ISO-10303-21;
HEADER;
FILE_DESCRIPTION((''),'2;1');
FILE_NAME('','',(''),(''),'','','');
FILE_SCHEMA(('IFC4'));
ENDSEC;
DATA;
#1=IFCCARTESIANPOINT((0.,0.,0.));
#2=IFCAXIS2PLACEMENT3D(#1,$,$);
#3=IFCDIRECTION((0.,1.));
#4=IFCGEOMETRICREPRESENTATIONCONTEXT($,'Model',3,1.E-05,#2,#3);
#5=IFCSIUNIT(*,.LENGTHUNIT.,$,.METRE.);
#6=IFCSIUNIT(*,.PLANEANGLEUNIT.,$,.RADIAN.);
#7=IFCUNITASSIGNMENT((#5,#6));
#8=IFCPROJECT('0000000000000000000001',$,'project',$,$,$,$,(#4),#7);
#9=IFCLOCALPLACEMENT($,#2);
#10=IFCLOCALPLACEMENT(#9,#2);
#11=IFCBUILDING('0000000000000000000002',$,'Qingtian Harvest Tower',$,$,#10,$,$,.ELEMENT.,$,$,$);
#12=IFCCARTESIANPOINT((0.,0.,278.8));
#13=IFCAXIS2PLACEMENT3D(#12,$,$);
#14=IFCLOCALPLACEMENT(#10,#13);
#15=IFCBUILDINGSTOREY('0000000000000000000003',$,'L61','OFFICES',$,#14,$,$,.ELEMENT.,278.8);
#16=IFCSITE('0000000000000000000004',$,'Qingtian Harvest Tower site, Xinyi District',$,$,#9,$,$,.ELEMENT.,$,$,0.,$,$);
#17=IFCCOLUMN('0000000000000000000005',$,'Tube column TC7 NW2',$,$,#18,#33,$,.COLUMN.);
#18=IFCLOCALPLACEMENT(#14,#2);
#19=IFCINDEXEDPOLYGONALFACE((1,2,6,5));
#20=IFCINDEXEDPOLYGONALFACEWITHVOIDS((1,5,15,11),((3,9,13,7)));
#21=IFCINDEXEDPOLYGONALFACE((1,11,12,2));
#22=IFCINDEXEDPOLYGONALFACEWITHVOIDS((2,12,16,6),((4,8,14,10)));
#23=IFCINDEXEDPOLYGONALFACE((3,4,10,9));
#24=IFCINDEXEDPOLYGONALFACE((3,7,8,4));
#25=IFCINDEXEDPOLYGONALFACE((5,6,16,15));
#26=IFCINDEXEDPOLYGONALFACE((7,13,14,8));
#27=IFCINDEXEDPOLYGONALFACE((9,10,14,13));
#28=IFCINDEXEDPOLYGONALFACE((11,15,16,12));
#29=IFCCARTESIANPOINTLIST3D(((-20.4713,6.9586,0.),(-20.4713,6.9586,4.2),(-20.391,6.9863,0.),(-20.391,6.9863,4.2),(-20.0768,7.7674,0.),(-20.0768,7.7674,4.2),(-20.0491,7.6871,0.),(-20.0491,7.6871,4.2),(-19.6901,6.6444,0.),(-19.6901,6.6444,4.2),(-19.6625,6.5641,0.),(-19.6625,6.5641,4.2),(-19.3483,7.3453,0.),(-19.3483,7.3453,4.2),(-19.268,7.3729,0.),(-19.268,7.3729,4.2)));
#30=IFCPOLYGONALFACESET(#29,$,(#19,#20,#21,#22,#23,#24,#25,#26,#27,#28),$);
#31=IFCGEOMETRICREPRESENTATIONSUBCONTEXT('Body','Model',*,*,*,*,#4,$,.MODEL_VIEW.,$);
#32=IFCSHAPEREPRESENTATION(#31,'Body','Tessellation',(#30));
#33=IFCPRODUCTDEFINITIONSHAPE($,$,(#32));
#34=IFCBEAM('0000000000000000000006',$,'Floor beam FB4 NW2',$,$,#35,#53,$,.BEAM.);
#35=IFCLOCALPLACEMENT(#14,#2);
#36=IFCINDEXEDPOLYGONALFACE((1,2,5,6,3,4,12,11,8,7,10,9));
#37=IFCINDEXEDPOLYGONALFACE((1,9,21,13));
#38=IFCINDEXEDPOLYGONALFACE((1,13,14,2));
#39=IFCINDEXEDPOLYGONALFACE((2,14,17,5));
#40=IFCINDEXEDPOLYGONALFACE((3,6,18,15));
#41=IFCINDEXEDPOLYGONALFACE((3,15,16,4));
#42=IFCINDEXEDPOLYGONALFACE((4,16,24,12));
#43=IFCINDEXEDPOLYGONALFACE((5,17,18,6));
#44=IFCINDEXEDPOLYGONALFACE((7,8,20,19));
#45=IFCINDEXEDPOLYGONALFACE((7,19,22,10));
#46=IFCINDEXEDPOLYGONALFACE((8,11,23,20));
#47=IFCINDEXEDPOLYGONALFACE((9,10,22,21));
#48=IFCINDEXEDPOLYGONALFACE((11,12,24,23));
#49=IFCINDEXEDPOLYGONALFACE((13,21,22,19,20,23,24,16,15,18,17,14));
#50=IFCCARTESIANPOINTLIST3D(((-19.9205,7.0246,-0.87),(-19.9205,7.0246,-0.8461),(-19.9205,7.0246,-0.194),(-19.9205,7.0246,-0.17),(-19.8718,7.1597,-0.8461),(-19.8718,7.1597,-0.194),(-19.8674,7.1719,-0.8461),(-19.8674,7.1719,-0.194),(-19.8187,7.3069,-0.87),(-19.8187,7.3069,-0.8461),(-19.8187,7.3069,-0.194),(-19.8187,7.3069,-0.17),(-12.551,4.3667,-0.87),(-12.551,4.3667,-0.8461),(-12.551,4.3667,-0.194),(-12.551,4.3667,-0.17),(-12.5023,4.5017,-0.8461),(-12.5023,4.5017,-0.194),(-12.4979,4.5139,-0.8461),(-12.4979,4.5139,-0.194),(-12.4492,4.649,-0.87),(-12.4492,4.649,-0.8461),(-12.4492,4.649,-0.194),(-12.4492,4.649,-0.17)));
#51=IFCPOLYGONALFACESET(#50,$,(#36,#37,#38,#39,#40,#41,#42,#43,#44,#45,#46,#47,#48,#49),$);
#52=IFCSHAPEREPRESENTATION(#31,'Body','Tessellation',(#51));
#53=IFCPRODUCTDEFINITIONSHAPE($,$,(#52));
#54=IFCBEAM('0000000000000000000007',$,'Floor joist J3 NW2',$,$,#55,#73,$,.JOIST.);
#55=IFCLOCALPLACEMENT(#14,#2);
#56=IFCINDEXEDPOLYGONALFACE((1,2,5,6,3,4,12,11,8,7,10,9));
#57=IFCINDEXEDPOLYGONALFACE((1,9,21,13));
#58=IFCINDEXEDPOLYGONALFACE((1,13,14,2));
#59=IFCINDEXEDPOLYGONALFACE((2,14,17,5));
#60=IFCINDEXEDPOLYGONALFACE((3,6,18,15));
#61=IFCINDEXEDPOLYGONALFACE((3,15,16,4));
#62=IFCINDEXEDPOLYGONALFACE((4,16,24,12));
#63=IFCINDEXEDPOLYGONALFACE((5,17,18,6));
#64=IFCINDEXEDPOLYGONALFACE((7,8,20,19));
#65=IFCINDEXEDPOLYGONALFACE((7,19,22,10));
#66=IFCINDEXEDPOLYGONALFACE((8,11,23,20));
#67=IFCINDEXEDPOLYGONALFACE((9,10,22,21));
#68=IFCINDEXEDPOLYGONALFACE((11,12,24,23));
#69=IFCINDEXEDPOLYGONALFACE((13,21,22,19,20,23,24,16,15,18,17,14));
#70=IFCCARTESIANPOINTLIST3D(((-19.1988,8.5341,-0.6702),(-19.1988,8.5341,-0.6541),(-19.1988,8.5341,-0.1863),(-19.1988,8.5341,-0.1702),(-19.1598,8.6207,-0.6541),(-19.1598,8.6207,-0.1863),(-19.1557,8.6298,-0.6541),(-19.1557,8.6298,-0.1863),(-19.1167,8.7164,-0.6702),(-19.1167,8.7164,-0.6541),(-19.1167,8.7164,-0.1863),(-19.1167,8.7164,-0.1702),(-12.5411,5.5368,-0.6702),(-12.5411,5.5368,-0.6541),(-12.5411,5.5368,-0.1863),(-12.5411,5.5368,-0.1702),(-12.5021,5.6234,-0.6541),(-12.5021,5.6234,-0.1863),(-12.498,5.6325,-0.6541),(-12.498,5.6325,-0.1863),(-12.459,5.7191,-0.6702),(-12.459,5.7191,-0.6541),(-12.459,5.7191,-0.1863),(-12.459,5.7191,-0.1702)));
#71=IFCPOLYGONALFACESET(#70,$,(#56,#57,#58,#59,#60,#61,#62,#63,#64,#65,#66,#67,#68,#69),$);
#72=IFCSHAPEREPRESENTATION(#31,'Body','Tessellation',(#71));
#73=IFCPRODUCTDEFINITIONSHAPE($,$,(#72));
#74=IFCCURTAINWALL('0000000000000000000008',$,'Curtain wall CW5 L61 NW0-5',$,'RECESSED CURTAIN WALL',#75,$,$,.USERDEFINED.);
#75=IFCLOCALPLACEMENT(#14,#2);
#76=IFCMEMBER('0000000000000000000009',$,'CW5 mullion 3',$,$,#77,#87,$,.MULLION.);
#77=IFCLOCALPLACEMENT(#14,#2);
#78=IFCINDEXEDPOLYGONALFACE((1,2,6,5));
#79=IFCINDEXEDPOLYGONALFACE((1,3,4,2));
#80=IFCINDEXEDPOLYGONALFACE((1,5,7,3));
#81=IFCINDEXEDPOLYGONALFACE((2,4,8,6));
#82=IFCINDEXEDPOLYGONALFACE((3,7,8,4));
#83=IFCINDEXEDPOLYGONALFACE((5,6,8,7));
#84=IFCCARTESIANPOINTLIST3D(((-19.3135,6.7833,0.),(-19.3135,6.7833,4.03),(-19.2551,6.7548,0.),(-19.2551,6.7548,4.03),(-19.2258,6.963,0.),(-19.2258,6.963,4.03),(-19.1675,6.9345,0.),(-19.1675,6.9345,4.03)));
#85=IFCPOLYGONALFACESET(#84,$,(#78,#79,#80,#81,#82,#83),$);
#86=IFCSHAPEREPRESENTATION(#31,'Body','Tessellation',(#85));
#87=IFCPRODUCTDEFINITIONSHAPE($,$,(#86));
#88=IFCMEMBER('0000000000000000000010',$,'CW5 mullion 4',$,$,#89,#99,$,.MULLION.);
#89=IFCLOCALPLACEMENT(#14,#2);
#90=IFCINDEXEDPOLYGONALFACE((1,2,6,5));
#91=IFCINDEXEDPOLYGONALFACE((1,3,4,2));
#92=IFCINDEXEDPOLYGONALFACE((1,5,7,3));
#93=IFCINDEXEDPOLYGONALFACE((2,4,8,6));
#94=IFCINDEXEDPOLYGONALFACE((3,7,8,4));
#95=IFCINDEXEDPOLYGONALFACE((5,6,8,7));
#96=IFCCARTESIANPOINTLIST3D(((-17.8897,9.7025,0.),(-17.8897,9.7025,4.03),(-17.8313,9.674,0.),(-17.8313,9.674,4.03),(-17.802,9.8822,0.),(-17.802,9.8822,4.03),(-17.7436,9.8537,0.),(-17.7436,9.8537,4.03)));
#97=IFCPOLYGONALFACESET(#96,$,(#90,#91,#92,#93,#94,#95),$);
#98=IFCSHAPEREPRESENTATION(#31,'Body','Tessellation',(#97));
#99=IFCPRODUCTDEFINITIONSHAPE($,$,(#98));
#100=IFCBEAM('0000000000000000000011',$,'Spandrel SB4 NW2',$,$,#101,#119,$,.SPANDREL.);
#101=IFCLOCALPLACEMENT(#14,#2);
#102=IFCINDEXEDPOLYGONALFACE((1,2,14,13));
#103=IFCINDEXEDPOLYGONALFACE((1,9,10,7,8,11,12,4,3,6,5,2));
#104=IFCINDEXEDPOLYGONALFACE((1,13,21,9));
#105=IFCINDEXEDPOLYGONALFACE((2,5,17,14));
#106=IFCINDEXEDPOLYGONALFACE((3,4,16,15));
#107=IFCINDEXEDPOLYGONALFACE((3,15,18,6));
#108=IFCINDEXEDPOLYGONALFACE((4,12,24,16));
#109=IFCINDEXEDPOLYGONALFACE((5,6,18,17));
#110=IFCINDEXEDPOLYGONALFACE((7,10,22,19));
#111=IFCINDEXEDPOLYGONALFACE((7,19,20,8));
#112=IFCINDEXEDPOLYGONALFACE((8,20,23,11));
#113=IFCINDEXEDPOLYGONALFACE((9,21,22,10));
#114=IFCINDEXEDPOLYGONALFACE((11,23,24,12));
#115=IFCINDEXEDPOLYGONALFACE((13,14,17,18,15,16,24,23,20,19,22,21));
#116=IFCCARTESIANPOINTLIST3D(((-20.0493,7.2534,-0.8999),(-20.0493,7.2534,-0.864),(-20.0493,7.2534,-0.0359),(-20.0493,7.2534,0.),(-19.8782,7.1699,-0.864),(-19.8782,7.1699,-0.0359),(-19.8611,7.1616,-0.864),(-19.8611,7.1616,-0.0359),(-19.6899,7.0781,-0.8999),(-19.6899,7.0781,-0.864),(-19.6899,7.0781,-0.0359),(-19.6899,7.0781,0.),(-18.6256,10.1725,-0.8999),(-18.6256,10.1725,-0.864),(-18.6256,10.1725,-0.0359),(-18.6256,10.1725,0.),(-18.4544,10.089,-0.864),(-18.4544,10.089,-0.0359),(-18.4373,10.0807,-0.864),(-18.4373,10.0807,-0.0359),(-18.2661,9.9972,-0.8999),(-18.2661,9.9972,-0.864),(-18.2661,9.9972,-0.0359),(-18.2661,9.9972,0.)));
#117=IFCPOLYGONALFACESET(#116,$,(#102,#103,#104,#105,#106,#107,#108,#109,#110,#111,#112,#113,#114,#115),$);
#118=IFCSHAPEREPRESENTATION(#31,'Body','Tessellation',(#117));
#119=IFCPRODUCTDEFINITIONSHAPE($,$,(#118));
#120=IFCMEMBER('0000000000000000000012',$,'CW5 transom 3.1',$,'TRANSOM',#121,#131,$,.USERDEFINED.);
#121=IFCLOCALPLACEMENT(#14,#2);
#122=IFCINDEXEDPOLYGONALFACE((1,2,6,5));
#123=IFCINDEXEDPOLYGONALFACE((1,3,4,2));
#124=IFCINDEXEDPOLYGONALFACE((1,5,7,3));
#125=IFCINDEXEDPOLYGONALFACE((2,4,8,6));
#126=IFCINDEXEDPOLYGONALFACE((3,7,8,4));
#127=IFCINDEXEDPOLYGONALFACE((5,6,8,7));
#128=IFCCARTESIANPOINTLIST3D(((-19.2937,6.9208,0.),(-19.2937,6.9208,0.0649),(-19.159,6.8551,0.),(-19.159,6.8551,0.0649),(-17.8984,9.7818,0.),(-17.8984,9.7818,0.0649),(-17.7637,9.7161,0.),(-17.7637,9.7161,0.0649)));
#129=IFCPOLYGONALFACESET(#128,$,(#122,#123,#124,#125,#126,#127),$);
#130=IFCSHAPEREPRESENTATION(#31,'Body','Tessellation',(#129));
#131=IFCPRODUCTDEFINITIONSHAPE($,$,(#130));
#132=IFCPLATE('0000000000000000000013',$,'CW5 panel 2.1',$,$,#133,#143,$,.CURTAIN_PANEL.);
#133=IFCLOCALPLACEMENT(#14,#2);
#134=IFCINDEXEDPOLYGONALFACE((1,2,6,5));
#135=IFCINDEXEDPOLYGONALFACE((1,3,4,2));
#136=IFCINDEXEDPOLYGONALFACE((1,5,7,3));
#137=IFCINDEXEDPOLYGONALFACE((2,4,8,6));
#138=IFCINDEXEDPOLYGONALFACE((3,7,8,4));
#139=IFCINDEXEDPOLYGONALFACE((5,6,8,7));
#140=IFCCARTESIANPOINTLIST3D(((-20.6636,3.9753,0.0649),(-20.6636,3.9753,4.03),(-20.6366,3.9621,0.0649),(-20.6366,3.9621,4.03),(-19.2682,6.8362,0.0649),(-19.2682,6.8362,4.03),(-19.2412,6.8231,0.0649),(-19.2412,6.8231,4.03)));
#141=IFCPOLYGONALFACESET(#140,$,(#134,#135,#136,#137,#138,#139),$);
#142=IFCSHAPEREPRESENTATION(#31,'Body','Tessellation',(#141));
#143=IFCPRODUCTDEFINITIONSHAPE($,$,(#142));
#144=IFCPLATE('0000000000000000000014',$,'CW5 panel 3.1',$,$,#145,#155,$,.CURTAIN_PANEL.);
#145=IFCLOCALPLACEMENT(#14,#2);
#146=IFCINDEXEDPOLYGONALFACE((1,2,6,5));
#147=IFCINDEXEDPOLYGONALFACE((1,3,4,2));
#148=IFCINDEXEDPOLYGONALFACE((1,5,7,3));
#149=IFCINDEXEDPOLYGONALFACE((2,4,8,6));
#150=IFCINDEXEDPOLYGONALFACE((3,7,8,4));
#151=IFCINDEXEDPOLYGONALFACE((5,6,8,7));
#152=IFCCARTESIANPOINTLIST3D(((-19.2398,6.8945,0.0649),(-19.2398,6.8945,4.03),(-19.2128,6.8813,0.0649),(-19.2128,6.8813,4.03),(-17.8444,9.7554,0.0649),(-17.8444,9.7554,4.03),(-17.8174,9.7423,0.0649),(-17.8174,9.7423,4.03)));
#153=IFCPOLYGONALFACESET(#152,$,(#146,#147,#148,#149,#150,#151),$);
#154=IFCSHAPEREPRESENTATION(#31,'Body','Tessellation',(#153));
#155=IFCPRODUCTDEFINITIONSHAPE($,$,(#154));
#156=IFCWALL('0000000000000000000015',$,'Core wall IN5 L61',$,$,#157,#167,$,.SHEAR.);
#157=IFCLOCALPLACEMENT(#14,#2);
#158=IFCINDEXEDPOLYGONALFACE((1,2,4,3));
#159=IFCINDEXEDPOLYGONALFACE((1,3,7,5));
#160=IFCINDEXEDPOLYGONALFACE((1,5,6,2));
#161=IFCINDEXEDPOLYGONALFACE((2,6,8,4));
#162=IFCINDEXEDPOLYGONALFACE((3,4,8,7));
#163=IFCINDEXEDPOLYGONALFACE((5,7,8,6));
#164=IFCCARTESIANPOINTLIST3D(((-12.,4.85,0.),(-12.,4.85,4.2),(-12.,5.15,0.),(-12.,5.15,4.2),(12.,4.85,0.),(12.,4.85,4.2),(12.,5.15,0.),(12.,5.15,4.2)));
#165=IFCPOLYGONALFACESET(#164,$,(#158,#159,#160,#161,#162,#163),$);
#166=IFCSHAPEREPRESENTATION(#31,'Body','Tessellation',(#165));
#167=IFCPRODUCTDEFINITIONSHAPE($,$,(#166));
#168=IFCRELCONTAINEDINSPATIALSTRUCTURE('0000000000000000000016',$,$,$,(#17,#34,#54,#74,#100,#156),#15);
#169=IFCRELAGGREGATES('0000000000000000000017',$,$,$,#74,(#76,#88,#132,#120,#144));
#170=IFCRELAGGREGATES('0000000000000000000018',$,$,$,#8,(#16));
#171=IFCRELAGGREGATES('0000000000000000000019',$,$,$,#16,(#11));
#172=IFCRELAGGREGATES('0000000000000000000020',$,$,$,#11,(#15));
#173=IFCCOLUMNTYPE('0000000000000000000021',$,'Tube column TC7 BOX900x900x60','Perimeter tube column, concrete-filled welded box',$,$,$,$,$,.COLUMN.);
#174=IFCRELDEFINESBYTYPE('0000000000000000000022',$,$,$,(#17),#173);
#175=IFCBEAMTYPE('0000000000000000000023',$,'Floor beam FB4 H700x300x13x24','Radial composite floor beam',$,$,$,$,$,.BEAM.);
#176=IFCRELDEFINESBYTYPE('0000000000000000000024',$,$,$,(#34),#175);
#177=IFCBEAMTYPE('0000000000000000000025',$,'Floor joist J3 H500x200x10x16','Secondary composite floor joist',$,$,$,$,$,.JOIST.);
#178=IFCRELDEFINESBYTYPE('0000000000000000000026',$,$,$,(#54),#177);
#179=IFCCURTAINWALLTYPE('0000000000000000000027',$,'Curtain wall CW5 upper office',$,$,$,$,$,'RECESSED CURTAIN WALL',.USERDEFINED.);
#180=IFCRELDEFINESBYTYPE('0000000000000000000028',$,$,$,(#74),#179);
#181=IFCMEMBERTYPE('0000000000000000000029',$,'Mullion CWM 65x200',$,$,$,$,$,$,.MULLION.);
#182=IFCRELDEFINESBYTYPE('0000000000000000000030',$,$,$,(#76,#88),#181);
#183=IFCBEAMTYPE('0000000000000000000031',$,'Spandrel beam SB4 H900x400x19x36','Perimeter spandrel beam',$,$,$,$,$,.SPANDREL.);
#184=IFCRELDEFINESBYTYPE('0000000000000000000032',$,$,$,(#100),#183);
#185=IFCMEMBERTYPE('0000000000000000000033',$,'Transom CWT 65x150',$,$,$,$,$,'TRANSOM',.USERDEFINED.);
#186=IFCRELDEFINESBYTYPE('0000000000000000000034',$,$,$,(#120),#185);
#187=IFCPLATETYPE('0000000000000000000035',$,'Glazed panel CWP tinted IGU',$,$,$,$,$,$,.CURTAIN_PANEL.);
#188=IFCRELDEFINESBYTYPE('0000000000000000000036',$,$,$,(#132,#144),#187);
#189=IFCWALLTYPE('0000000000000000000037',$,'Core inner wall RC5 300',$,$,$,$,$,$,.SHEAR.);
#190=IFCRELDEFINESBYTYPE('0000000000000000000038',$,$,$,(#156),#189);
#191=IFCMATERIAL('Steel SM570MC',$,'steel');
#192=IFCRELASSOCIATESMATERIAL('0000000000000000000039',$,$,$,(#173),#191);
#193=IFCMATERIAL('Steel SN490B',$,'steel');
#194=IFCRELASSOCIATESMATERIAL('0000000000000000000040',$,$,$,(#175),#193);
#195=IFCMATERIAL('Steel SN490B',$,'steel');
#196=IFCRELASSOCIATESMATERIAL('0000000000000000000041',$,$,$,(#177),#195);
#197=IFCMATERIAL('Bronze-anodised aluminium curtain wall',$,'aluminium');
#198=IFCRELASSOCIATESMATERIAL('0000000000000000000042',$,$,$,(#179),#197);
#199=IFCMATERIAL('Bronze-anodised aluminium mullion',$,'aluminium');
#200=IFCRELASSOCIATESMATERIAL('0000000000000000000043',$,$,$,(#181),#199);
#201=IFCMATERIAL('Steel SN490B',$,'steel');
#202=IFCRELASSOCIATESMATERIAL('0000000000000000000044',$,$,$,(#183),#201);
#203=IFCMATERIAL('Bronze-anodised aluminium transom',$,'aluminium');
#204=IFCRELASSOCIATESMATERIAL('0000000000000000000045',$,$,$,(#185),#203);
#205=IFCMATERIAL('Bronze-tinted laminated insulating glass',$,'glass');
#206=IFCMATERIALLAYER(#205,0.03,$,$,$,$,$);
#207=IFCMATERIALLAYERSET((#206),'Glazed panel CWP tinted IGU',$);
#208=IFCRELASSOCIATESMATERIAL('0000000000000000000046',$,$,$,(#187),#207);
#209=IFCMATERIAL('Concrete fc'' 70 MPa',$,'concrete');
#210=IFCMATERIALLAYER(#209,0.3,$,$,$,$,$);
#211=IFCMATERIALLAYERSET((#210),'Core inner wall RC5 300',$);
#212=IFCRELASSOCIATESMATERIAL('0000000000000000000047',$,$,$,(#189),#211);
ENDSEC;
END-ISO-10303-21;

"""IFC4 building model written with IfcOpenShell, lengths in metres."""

from ifc_helpers import new_model, si_unit, direction, frame, frame_2d, origin, origin_2d, place, context, subcontext, project, spatial, rectangle, hollow_rectangle, i_section, extrude, material, layer, layer_set, material_profile, profile_set, type_object, element, aggregate, save


model = new_model("IFC4")

# Units and contexts
model_context = context("Model", 3, precision=1e-05, world=origin(), true_north=direction((0.0, 1.0)))
body_context = subcontext(model_context, "Body", "Model", "MODEL_VIEW")
ifc_project = project(units=[si_unit("LENGTHUNIT", "METRE"), si_unit("PLANEANGLEUNIT", "RADIAN")], contexts=[model_context])

# Site, building, storey
site_placement = place(None, origin())
site = spatial("IfcSite", under=ifc_project, at=site_placement, Name="Qingtian Harvest Tower site, Xinyi District", CompositionType="ELEMENT", RefElevation=0.0)
building_placement = place(site_placement, origin())
building = spatial("IfcBuilding", under=site, at=building_placement, Name="Qingtian Harvest Tower", CompositionType="ELEMENT")
storey_placement = place(building_placement, frame((0.0, 0.0, 278.8)))
storey = spatial("IfcBuildingStorey", under=building, at=storey_placement, Name="L61", Description="OFFICES", CompositionType="ELEMENT", Elevation=278.8)

# Column
ifc_material_1 = material(Name="Steel SM570MC", Category="steel")
ifc_material_profile_1 = material_profile(ifc_material_1, hollow_rectangle(XDim=0.8999, YDim=0.8999, WallThickness=0.0601, at=origin_2d()), Name="BOX900x900x60")
ifc_profile_set_1 = profile_set([ifc_material_profile_1], Name="Steel SM570MC")
column_type = type_object("IfcColumnType", Name="Tube column TC7 BOX900x900x60", Description="Perimeter tube column, concrete-filled welded box", PredefinedType="COLUMN", material=ifc_profile_set_1)
column_placement = place(storey_placement, frame((-19.8696, 7.1658, 0.0), z_axis=(0.0, 0.0, 1.0), x_axis=(-0.438371, -0.898794, 0.0)))
element("IfcColumn", 1, at=column_placement, inside=storey, type_object=column_type, Name="Tube column TC7 NW2", PredefinedType="COLUMN", context=body_context, shape_type="SweptSolid", body=[
    extrude(hollow_rectangle(XDim=0.8999, YDim=0.8999, WallThickness=0.0601, at=origin_2d()), origin(), (0.0, 0.0, 1.0), 4.2),
])

# Beams
ifc_material_2 = material(Name="Steel SN490B", Category="steel")
ifc_material_profile_2 = material_profile(ifc_material_2, i_section(OverallWidth=0.3, OverallDepth=0.7, WebThickness=0.0129, FlangeThickness=0.0239, at=origin_2d()), Name="H700x300x13x24")
ifc_profile_set_2 = profile_set([ifc_material_profile_2], Name="Steel SN490B")
beam_type_1 = type_object("IfcBeamType", Name="Floor beam FB4 H700x300x13x24", Description="Radial composite floor beam", PredefinedType="BEAM", material=ifc_profile_set_2)
beam_1_placement = place(storey_placement, frame((-19.8696, 7.1658, -0.52), z_axis=(0.940688, -0.339272, 0.0), x_axis=(0.339272, 0.940688, 0.0)))
element("IfcBeam", 2, at=beam_1_placement, inside=storey, type_object=beam_type_1, Name="Floor beam FB4 NW2", PredefinedType="BEAM", context=body_context, shape_type="SweptSolid", body=[
    extrude(i_section(OverallWidth=0.3, OverallDepth=0.7, WebThickness=0.0129, FlangeThickness=0.0239, at=origin_2d()), origin(), (0.0, 0.0, 1.0), 7.8342),
])
ifc_material_3 = material(Name="Steel SN490B", Category="steel")
ifc_material_profile_3 = material_profile(ifc_material_3, i_section(OverallWidth=0.2, OverallDepth=0.5, WebThickness=0.01, FlangeThickness=0.0161, at=origin_2d()), Name="H500x200x10x16")
ifc_profile_set_3 = profile_set([ifc_material_profile_3], Name="Steel SN490B")
beam_type_2 = type_object("IfcBeamType", Name="Floor joist J3 H500x200x10x16", Description="Secondary composite floor joist", PredefinedType="JOIST", material=ifc_profile_set_3)
beam_2_placement = place(storey_placement, frame((-19.1577, 8.6252, -0.4202), z_axis=(0.911853, -0.410518, 0.0), x_axis=(0.410518, 0.911853, 0.0)))
element("IfcBeam", 3, at=beam_2_placement, inside=storey, type_object=beam_type_2, Name="Floor joist J3 NW2", PredefinedType="JOIST", context=body_context, shape_type="SweptSolid", body=[
    extrude(i_section(OverallWidth=0.2, OverallDepth=0.5, WebThickness=0.01, FlangeThickness=0.0161, at=origin_2d()), origin(), (0.0, 0.0, 1.0), 7.3013),
])

# Curtain wall, members
ifc_material_4 = material(Name="Bronze-anodised aluminium curtain wall", Category="aluminium")
curtain_wall_type = type_object("IfcCurtainWallType", Name="Curtain wall CW5 upper office", ElementType="RECESSED CURTAIN WALL", PredefinedType="USERDEFINED", material=ifc_material_4)
curtain_wall_placement = place(storey_placement, origin())
curtain_wall = element("IfcCurtainWall", 4, at=curtain_wall_placement, inside=storey, type_object=curtain_wall_type, Name="Curtain wall CW5 L61 NW0-5", ObjectType="RECESSED CURTAIN WALL", PredefinedType="USERDEFINED")
ifc_material_5 = material(Name="Bronze-anodised aluminium mullion", Category="aluminium")
ifc_material_profile_4 = material_profile(ifc_material_5, rectangle(XDim=0.0649, YDim=0.2, at=origin_2d()), Name="AL 65x200")
ifc_profile_set_4 = profile_set([ifc_material_profile_4], Name="Bronze-anodised aluminium mullion")
member_type_1 = type_object("IfcMemberType", Name="Mullion CWM 65x200", PredefinedType="MULLION", material=ifc_profile_set_4)
member_1_placement = place(storey_placement, frame((-19.2405, 6.8589, 0.0), z_axis=(0.0, 0.0, 1.0), x_axis=(-0.898794, 0.438371, 0.0)))
member_1 = element("IfcMember", 5, at=member_1_placement, type_object=member_type_1, Name="CW5 mullion 3", PredefinedType="MULLION", context=body_context, shape_type="SweptSolid", body=[
    extrude(rectangle(XDim=0.0649, YDim=0.2, at=origin_2d()), origin(), (0.0, 0.0, 1.0), 4.03),
])
member_2_placement = place(storey_placement, frame((-17.8167, 9.7781, 0.0), z_axis=(0.0, 0.0, 1.0), x_axis=(-0.898794, 0.438371, 0.0)))
member_2 = element("IfcMember", 6, at=member_2_placement, type_object=member_type_1, Name="CW5 mullion 4", PredefinedType="MULLION", context=body_context, shape_type="SweptSolid", body=[
    extrude(rectangle(XDim=0.0649, YDim=0.2, at=origin_2d()), origin(), (0.0, 0.0, 1.0), 4.03),
])

# Beam
ifc_material_6 = material(Name="Steel SN490B", Category="steel")
ifc_material_profile_5 = material_profile(ifc_material_6, i_section(OverallWidth=0.3999, OverallDepth=0.8999, WebThickness=0.019, FlangeThickness=0.0359, at=origin_2d()), Name="H900x400x19x36")
ifc_profile_set_5 = profile_set([ifc_material_profile_5], Name="Steel SN490B")
beam_type_3 = type_object("IfcBeamType", Name="Spandrel beam SB4 H900x400x19x36", Description="Perimeter spandrel beam", PredefinedType="SPANDREL", material=ifc_profile_set_5)
beam_3_placement = place(storey_placement, frame((-19.8696, 7.1658, -0.45), z_axis=(0.438382, 0.898789, 0.0), x_axis=(-0.898789, 0.438382, 0.0)))
element("IfcBeam", 7, at=beam_3_placement, inside=storey, type_object=beam_type_3, Name="Spandrel SB4 NW2", PredefinedType="SPANDREL", context=body_context, shape_type="SweptSolid", body=[
    extrude(i_section(OverallWidth=0.3999, OverallDepth=0.8999, WebThickness=0.019, FlangeThickness=0.0359, at=origin_2d()), origin(), (0.0, 0.0, 1.0), 3.2478),
])

# Member
ifc_material_7 = material(Name="Bronze-anodised aluminium transom", Category="aluminium")
ifc_material_profile_6 = material_profile(ifc_material_7, rectangle(XDim=0.1499, YDim=0.0649, at=origin_2d()), Name="AL 65x150")
ifc_profile_set_6 = profile_set([ifc_material_profile_6], Name="Bronze-anodised aluminium transom")
member_type_2 = type_object("IfcMemberType", Name="Transom CWT 65x150", ElementType="TRANSOM", PredefinedType="USERDEFINED", material=ifc_profile_set_6)
member_3_placement = place(storey_placement, frame((-19.2263, 6.8879, 0.0325), z_axis=(0.438325, 0.898816, 0.0), x_axis=(-0.898816, 0.438325, 0.0)))
member_3 = element("IfcMember", 8, at=member_3_placement, type_object=member_type_2, Name="CW5 transom 3.1", ObjectType="TRANSOM", PredefinedType="USERDEFINED", context=body_context, shape_type="SweptSolid", body=[
    extrude(rectangle(XDim=0.1499, YDim=0.0649, at=origin_2d()), origin(), (0.0, 0.0, 1.0), 3.1831),
])

# Plates
ifc_material_8 = material(Name="Bronze-tinted laminated insulating glass", Category="glass")
ifc_layer_1 = layer(ifc_material_8, 0.03)
ifc_layer_set_1 = layer_set([ifc_layer_1], Name="Glazed panel CWP tinted IGU")
plate_type = type_object("IfcPlateType", Name="Glazed panel CWP tinted IGU", PredefinedType="CURTAIN_PANEL", material=ifc_layer_set_1)
plate_1_placement = place(storey_placement, frame((-19.9524, 5.3992, 0.0649), z_axis=(0.0, 0.0, 1.0), x_axis=(0.438371, 0.898794, 0.0)))
plate_1 = element("IfcPlate", 9, at=plate_1_placement, type_object=plate_type, Name="CW5 panel 2.1", PredefinedType="CURTAIN_PANEL", context=body_context, shape_type="SweptSolid", body=[
    extrude(rectangle(XDim=3.1831, YDim=0.03, at=origin_2d()), origin(), (0.0, 0.0, 1.0), 3.9651),
])
plate_2_placement = place(storey_placement, frame((-18.5286, 8.3184, 0.0649), z_axis=(0.0, 0.0, 1.0), x_axis=(0.438371, 0.898794, 0.0)))
plate_2 = element("IfcPlate", 10, at=plate_2_placement, type_object=plate_type, Name="CW5 panel 3.1", PredefinedType="CURTAIN_PANEL", context=body_context, shape_type="SweptSolid", body=[
    extrude(rectangle(XDim=3.1831, YDim=0.03, at=origin_2d()), origin(), (0.0, 0.0, 1.0), 3.9651),
])
aggregate(curtain_wall, [member_1, member_2, plate_1, member_3, plate_2])

# Wall
ifc_material_9 = material(Name="Concrete fc' 70 MPa", Category="concrete")
ifc_layer_2 = layer(ifc_material_9, 0.3)
ifc_layer_set_2 = layer_set([ifc_layer_2], Name="Core inner wall RC5 300")
wall_type_1 = type_object("IfcWallType", Name="Core inner wall RC5 300", PredefinedType="SHEAR", material=ifc_layer_set_2)
wall_1_placement = place(storey_placement, frame((-12.0, 5.0, 0.0), z_axis=(0.0, 0.0, 1.0), x_axis=(1.0, 0.0, 0.0)))
element("IfcWall", 11, at=wall_1_placement, inside=storey, type_object=wall_type_1, Name="Core wall IN5 L61", PredefinedType="SHEAR", context=body_context, shape_type="SweptSolid", body=[
    extrude(rectangle(XDim=24.0, YDim=0.3, at=frame_2d((12.0, 0.0))), origin(), (0.0, 0.0, 1.0), 4.2),
])

save(model, "model.ifc")
